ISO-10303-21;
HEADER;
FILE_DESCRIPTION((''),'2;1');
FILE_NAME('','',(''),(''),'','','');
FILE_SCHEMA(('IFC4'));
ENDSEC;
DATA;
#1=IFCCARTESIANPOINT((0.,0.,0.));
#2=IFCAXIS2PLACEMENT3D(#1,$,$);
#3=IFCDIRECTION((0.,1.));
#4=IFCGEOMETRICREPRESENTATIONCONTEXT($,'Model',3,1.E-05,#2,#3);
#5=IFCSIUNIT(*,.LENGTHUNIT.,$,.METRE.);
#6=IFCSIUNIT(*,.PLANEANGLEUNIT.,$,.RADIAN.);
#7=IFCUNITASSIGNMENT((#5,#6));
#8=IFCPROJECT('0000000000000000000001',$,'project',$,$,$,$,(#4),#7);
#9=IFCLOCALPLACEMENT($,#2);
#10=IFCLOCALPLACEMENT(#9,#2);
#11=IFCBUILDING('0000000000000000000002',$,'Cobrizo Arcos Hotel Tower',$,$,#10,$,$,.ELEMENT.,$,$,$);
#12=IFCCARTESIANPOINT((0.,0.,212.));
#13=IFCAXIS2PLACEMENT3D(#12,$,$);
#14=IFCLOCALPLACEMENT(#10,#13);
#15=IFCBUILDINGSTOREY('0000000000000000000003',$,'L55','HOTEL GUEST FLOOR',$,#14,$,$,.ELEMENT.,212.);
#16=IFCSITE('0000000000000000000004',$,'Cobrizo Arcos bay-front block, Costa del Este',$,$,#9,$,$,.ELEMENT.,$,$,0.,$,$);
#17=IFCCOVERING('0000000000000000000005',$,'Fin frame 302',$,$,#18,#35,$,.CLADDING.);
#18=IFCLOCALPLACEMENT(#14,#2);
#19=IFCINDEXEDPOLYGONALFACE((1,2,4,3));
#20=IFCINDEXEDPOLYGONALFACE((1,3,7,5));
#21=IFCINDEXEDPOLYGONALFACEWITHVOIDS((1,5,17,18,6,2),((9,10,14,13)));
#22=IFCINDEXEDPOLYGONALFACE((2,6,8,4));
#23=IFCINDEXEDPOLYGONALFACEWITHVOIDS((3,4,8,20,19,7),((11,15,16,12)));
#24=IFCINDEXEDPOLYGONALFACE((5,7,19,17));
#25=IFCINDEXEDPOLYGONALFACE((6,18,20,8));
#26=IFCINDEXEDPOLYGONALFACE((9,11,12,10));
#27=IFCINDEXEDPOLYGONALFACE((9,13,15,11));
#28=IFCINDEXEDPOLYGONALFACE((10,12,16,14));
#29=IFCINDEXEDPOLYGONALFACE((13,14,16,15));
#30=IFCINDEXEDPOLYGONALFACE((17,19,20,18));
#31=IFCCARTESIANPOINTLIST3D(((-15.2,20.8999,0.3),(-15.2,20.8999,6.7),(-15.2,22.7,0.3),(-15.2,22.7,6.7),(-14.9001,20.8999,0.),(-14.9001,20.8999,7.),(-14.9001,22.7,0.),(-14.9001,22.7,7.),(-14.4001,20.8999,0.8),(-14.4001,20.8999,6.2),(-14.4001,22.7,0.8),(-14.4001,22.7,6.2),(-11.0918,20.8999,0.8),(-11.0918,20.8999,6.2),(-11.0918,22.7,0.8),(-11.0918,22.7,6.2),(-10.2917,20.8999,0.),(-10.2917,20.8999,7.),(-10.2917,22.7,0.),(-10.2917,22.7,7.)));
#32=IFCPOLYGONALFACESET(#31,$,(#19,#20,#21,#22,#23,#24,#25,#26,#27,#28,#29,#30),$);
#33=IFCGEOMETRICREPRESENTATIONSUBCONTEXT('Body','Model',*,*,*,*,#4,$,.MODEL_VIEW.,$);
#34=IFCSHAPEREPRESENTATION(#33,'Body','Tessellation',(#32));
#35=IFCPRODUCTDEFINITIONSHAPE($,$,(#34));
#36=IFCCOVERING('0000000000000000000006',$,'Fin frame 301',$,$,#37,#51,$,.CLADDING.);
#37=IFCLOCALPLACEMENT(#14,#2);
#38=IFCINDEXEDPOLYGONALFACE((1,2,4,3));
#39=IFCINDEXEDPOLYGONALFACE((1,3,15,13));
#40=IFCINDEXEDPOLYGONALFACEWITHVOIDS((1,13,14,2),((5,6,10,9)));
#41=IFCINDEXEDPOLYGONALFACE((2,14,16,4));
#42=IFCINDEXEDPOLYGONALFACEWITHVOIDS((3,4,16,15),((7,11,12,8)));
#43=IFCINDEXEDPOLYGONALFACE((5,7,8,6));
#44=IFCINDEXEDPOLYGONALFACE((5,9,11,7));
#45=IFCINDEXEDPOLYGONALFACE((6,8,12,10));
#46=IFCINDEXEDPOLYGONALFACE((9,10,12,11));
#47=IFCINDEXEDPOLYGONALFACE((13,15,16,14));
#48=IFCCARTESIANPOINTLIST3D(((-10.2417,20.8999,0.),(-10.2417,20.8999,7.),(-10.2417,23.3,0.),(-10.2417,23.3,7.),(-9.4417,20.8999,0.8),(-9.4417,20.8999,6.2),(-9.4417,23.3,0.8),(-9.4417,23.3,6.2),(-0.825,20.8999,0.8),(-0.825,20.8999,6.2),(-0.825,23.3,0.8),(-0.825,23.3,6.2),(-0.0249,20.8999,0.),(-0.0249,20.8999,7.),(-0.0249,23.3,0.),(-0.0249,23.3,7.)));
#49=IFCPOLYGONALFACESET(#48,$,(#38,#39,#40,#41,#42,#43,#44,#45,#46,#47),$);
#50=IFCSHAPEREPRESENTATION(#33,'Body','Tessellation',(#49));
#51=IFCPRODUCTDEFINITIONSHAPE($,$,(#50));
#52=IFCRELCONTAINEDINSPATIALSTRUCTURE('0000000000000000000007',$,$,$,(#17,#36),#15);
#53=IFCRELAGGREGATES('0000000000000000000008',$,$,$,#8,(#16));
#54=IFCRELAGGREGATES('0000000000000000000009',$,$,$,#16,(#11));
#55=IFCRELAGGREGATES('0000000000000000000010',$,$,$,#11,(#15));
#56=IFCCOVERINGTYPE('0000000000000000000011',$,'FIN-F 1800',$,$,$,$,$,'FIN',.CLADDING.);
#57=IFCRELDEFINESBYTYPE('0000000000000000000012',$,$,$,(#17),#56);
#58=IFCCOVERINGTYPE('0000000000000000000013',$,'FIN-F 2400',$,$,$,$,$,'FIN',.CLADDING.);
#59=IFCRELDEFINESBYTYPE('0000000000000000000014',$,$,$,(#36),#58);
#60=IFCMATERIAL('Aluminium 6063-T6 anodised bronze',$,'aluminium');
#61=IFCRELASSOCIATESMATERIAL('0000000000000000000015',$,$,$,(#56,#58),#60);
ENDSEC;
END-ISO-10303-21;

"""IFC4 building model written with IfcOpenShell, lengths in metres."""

from ifc_helpers import new_model, si_unit, direction, frame, origin, place, context, subcontext, project, spatial, polyline, outline, extrude, material, type_object, element, save


model = new_model("IFC4")

# Units and contexts
model_context = context("Model", 3, precision=1e-05, world=origin(), true_north=direction((0.0, 1.0)))
body_context = subcontext(model_context, "Body", "Model", "MODEL_VIEW")
ifc_project = project(units=[si_unit("LENGTHUNIT", "METRE"), si_unit("PLANEANGLEUNIT", "RADIAN")], contexts=[model_context])

# Site, building, storey
site_placement = place(None, origin())
site = spatial("IfcSite", under=ifc_project, at=site_placement, Name="Cobrizo Arcos bay-front block, Costa del Este", CompositionType="ELEMENT", RefElevation=0.0)
building_placement = place(site_placement, origin())
building = spatial("IfcBuilding", under=site, at=building_placement, Name="Cobrizo Arcos Hotel Tower", CompositionType="ELEMENT")
storey_placement = place(building_placement, frame((0.0, 0.0, 212.0)))
storey = spatial("IfcBuildingStorey", under=building, at=storey_placement, Name="L55", Description="HOTEL GUEST FLOOR", CompositionType="ELEMENT", Elevation=212.0)

# Shared definitions
ifc_material_1 = material(Name="Aluminium 6063-T6 anodised bronze", Category="aluminium")

# Coverings
covering_type_1 = type_object("IfcCoveringType", Name="FIN-F 1800", ElementType="FIN", PredefinedType="CLADDING", material=ifc_material_1)
covering_1_placement = place(storey_placement, frame((-10.2917, 20.8999, 0.0), z_axis=(0.0, 1.0, 0.0), x_axis=(-1.0, 0.0, 0.0)))
element("IfcCovering", 1, at=covering_1_placement, inside=storey, type_object=covering_type_1, Name="Fin frame 302", PredefinedType="CLADDING", context=body_context, shape_type="SweptSolid", body=[
    extrude(outline(polyline([(0.0, 7.0), (0.0, 0.0), (4.6084, 0.0), (4.9082, 0.3), (4.9082, 6.7), (4.6084, 7.0), (0.0, 7.0)]), holes=[polyline([(4.1084, 0.8), (0.8, 0.8), (0.8, 6.2), (4.1084, 6.2), (4.1084, 0.8)])]), origin(), (0.0, 0.0, 1.0), 1.8),
])
covering_type_2 = type_object("IfcCoveringType", Name="FIN-F 2400", ElementType="FIN", PredefinedType="CLADDING", material=ifc_material_1)
covering_2_placement = place(storey_placement, frame((-0.0249, 20.8999, 0.0), z_axis=(0.0, 1.0, 0.0), x_axis=(-1.0, 0.0, 0.0)))
element("IfcCovering", 2, at=covering_2_placement, inside=storey, type_object=covering_type_2, Name="Fin frame 301", PredefinedType="CLADDING", context=body_context, shape_type="SweptSolid", body=[
    extrude(outline(polyline([(0.0, 7.0), (0.0, 0.0), (10.2168, 0.0), (10.2168, 7.0), (0.0, 7.0)]), holes=[polyline([(9.4167, 0.8), (0.8, 0.8), (0.8, 6.2), (9.4167, 6.2), (9.4167, 0.8)])]), origin(), (0.0, 0.0, 1.0), 2.4001),
])

save(model, "model.ifc")
